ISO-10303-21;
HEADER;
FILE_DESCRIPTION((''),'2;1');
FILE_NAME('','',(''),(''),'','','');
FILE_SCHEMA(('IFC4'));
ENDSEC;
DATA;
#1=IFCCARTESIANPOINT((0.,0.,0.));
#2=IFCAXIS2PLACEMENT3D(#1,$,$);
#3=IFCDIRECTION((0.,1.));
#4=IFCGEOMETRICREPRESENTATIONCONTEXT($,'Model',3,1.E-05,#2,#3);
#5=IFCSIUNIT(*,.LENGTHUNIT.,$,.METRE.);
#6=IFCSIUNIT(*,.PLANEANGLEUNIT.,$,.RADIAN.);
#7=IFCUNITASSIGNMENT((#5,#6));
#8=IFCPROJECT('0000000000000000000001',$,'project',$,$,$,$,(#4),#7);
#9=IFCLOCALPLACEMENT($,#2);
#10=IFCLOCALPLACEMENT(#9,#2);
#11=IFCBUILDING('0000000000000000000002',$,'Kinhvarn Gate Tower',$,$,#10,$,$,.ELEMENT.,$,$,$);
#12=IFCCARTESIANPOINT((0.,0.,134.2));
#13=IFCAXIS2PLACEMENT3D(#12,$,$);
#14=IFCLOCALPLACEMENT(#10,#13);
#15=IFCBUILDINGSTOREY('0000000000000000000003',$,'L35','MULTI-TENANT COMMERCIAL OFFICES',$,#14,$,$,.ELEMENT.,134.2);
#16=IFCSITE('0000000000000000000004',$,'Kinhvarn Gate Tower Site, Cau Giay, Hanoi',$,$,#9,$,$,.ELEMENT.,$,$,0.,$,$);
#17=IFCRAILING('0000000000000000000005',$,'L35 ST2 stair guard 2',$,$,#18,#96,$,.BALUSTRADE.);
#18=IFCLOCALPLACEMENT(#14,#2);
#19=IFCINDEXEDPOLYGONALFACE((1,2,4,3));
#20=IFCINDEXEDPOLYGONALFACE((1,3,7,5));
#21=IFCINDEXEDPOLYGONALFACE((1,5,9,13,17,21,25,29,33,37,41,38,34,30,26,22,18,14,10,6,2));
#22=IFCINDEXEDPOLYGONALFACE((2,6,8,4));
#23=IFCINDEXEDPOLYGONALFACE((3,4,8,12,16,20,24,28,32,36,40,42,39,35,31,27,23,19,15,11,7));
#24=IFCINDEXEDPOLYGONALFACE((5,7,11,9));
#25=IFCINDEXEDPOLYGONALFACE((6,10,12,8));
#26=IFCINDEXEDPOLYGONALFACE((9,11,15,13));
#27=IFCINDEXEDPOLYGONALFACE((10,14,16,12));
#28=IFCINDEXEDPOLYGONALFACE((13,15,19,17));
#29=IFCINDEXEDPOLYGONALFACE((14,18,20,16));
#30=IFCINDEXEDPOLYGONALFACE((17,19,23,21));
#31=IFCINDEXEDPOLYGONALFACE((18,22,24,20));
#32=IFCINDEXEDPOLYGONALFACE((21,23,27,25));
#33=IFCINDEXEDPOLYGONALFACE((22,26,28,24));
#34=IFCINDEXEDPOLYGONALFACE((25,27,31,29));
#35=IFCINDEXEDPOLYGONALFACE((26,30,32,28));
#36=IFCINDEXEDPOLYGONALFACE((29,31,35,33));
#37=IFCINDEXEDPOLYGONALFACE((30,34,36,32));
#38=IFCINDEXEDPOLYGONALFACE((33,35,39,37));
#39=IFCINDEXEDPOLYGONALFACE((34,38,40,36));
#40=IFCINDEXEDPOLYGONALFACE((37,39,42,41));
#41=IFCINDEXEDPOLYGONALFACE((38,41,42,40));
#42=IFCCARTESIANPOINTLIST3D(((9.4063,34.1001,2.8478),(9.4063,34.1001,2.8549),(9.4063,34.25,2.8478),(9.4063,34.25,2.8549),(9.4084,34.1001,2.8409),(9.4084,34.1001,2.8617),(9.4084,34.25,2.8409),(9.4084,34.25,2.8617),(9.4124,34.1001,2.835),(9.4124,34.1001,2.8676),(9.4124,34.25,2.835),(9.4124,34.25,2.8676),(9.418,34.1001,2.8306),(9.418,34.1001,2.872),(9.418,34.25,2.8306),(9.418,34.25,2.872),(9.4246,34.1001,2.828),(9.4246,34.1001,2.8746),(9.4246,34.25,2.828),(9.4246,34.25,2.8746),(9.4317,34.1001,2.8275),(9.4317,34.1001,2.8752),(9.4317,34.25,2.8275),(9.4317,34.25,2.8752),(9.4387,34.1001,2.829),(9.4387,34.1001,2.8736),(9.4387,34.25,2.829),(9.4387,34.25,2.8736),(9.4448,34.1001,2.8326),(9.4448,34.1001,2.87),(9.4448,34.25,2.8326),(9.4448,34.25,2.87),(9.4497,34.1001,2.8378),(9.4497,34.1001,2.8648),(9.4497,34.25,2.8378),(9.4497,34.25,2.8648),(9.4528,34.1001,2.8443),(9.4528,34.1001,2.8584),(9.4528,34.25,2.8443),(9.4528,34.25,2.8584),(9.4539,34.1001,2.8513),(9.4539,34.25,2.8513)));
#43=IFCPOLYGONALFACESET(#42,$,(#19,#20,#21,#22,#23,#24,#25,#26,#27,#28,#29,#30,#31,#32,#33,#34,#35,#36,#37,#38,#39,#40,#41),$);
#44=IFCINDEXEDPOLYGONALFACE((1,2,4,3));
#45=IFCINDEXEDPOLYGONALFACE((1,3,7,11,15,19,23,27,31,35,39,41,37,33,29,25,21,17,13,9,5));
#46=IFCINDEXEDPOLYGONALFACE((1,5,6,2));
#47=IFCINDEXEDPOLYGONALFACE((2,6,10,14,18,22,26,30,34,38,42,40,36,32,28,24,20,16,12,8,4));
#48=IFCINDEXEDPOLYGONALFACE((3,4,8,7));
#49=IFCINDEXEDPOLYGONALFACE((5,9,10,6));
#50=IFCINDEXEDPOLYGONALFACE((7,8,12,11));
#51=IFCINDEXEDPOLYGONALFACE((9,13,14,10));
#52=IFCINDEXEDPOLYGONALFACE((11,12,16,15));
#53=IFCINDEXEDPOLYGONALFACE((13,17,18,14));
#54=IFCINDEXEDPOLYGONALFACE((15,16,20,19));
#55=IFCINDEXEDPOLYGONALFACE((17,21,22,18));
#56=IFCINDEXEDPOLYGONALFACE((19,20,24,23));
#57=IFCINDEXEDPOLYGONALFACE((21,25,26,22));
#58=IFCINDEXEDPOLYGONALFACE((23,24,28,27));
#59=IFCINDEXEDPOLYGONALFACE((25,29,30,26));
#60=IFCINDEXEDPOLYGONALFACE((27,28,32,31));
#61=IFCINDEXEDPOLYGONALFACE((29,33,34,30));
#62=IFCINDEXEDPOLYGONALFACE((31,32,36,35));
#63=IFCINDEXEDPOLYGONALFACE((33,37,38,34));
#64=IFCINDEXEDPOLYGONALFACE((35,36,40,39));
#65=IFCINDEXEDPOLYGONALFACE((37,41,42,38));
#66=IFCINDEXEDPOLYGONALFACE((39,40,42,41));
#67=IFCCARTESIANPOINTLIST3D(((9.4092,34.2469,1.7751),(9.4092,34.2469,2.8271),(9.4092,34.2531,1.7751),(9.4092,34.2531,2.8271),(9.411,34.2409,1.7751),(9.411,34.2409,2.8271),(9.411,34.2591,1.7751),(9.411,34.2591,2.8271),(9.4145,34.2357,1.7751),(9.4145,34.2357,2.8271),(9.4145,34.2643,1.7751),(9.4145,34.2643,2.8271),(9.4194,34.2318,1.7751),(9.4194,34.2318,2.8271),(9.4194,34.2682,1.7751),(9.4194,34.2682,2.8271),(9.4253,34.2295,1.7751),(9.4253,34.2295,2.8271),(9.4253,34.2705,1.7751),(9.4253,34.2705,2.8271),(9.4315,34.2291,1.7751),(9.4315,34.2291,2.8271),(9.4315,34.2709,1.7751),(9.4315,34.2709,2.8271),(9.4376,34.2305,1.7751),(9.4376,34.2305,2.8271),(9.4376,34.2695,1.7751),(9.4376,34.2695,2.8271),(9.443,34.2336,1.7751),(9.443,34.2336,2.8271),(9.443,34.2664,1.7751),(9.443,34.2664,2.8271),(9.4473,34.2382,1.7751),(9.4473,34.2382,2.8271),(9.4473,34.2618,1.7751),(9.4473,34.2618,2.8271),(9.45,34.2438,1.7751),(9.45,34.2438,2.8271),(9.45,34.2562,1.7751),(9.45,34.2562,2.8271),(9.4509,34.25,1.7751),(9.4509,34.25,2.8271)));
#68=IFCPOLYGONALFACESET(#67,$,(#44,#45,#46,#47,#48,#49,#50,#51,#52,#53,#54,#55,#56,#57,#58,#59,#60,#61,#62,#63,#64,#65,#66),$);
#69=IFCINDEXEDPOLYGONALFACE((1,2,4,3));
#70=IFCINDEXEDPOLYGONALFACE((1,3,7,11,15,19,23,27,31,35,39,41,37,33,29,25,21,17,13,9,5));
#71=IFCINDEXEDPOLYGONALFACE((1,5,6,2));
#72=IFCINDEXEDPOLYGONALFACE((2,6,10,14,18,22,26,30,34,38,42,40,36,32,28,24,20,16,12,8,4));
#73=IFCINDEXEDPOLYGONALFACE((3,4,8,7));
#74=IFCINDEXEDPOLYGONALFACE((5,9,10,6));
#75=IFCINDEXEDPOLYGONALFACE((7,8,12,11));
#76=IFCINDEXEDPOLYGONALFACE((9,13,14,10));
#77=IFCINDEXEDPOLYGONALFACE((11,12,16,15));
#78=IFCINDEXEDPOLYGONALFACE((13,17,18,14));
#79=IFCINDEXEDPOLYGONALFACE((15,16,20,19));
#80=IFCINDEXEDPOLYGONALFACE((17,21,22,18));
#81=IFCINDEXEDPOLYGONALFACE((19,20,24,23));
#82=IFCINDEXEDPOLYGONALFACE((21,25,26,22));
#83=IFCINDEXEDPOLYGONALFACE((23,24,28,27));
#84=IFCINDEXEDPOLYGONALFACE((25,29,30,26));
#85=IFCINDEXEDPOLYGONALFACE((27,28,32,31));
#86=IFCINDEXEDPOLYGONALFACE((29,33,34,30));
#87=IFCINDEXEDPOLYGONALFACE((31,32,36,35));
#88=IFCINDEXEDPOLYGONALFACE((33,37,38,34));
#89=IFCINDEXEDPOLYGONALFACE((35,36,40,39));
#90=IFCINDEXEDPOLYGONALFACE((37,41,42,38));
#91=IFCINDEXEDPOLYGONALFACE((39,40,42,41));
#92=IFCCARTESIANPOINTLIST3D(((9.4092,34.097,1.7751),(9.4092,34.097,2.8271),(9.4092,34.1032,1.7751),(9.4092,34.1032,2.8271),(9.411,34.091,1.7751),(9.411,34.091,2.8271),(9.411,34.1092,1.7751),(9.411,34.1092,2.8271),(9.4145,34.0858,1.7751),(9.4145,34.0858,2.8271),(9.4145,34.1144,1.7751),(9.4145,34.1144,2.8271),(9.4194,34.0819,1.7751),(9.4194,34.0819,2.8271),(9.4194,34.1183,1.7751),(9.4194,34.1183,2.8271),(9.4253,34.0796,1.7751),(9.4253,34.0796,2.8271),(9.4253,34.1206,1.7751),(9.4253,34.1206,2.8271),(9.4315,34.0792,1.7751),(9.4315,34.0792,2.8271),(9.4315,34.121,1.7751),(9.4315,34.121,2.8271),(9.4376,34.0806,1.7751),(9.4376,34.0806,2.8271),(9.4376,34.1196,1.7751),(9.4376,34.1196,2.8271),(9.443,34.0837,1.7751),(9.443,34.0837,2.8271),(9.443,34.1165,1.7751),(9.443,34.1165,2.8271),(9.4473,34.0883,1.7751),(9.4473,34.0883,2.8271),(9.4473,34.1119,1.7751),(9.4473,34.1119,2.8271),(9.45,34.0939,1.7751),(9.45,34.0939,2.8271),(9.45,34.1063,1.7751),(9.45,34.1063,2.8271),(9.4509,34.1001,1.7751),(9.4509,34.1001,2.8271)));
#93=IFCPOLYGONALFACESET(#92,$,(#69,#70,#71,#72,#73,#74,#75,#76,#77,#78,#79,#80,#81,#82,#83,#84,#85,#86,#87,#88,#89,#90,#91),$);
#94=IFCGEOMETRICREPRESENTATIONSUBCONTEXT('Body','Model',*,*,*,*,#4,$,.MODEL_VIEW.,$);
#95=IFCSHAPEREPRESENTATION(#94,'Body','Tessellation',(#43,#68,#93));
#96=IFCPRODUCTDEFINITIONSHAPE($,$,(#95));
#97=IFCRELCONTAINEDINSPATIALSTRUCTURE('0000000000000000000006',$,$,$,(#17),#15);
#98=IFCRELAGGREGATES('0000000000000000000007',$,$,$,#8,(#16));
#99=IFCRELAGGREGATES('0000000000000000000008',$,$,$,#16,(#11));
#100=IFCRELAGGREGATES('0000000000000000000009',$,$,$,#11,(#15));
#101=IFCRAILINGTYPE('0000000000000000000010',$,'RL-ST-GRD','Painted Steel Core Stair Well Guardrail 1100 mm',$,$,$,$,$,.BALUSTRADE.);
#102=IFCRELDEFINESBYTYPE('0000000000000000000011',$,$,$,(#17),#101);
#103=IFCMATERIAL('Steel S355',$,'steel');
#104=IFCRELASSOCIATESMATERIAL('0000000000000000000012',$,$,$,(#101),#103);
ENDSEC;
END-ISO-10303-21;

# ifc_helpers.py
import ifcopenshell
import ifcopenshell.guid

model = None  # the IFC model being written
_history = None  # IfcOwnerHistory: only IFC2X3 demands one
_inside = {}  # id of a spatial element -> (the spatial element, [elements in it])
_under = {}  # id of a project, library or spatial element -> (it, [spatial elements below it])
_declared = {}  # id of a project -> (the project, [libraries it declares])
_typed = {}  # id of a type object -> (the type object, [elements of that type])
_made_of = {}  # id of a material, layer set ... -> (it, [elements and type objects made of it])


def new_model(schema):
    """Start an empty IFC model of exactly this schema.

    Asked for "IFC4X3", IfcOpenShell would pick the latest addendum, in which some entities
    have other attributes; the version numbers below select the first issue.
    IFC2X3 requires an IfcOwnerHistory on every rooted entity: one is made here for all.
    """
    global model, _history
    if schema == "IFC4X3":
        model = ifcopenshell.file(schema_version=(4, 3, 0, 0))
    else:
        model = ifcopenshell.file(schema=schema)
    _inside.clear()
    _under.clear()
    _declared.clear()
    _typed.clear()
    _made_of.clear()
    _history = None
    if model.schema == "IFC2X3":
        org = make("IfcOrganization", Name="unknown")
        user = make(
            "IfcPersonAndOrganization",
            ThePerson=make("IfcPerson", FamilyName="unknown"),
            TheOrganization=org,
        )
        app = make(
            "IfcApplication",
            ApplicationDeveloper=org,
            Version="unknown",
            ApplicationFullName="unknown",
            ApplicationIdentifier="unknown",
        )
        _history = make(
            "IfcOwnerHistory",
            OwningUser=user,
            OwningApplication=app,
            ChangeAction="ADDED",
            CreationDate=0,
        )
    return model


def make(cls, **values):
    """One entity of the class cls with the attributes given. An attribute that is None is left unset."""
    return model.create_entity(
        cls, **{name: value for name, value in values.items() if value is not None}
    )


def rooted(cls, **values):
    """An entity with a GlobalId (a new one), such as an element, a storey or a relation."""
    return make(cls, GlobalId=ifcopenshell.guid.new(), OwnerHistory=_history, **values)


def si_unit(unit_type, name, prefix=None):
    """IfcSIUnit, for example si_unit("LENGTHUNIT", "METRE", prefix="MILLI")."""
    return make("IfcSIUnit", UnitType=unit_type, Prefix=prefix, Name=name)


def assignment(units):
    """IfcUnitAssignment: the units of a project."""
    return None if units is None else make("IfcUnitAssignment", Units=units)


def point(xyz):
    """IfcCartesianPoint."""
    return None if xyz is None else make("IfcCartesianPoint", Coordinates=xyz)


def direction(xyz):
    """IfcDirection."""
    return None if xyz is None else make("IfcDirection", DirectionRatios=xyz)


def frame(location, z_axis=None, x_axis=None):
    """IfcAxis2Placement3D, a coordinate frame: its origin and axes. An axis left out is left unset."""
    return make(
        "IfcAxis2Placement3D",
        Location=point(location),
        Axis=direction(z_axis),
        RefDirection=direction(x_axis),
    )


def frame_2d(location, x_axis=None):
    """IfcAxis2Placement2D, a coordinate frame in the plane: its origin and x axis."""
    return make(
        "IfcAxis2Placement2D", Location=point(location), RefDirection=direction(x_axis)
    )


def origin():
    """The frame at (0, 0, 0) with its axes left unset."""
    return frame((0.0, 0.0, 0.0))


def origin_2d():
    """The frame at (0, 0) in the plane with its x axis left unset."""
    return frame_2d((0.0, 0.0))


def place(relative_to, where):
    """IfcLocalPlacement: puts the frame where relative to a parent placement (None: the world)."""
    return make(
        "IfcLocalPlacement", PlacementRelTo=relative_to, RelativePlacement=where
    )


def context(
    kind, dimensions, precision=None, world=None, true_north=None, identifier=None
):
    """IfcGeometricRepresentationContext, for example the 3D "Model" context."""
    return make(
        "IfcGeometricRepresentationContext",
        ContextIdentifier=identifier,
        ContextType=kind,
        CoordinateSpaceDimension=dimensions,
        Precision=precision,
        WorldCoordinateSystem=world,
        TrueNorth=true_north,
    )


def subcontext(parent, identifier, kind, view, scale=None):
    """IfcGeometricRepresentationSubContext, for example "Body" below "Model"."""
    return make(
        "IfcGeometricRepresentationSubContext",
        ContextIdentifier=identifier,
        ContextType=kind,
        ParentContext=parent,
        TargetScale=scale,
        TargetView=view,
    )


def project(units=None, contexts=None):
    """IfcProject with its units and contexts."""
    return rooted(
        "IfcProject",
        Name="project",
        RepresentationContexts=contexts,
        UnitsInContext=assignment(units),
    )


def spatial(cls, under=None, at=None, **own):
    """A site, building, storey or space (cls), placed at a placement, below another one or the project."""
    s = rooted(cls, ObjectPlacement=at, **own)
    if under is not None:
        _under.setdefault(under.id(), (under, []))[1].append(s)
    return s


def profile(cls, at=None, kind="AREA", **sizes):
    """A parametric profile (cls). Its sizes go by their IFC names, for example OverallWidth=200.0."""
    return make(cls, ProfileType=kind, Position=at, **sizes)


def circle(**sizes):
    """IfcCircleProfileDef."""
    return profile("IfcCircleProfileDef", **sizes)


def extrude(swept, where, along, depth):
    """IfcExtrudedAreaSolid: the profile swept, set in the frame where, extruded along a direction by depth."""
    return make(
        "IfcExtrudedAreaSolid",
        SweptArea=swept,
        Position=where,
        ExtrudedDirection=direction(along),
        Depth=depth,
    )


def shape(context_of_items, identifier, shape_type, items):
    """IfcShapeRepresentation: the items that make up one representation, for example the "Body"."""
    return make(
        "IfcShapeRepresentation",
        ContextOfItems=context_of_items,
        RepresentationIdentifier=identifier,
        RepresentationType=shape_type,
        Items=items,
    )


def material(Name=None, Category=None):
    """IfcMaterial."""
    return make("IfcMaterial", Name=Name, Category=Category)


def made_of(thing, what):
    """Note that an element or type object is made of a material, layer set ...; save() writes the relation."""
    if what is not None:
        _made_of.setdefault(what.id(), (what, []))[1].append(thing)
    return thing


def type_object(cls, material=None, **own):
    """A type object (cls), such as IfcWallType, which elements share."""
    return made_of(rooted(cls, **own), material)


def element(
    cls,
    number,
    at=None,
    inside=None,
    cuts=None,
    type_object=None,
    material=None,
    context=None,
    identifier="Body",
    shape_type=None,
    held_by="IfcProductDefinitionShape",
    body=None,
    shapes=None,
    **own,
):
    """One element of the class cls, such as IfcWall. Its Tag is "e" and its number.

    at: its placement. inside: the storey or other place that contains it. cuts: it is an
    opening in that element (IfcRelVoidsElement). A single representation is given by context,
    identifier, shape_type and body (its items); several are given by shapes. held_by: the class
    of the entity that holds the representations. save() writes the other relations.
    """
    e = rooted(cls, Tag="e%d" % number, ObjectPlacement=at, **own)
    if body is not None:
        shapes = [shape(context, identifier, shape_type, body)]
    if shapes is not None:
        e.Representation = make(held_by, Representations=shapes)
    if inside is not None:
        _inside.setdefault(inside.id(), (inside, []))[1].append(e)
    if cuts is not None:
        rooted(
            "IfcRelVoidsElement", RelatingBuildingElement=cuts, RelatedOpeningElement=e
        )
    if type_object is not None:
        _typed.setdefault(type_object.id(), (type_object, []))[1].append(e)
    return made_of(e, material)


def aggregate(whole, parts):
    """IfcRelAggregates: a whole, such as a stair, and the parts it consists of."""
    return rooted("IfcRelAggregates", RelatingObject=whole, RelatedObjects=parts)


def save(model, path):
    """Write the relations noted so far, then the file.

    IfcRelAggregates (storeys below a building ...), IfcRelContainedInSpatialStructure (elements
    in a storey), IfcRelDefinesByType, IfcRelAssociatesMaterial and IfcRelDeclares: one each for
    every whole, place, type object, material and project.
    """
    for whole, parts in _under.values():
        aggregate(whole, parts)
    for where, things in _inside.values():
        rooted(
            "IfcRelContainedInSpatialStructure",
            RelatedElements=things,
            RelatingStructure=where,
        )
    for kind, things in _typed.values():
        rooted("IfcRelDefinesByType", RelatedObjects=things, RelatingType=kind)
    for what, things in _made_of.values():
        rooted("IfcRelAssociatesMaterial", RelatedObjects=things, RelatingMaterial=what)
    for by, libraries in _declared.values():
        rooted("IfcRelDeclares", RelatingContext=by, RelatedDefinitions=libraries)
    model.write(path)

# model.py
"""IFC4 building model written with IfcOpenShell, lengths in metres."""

from ifc_helpers import new_model, si_unit, direction, frame, origin, origin_2d, place, context, subcontext, project, spatial, circle, extrude, material, type_object, element, save


model = new_model("IFC4")

# Units and contexts
model_context = context("Model", 3, precision=1e-05, world=origin(), true_north=direction((0.0, 1.0)))
body_context = subcontext(model_context, "Body", "Model", "MODEL_VIEW")
ifc_project = project(units=[si_unit("LENGTHUNIT", "METRE"), si_unit("PLANEANGLEUNIT", "RADIAN")], contexts=[model_context])

# Site, building, storey
site_placement = place(None, origin())
site = spatial("IfcSite", under=ifc_project, at=site_placement, Name="Kinhvarn Gate Tower Site, Cau Giay, Hanoi", CompositionType="ELEMENT", RefElevation=0.0)
building_placement = place(site_placement, origin())
building = spatial("IfcBuilding", under=site, at=building_placement, Name="Kinhvarn Gate Tower", CompositionType="ELEMENT")
storey_placement = place(building_placement, frame((0.0, 0.0, 134.2)))
storey = spatial("IfcBuildingStorey", under=building, at=storey_placement, Name="L35", Description="MULTI-TENANT COMMERCIAL OFFICES", CompositionType="ELEMENT", Elevation=134.2)

# Shared definitions
ifc_material_1 = material(Name="Steel S355", Category="steel")

# Railing
railing_type_1 = type_object("IfcRailingType", Name="RL-ST-GRD", Description="Painted Steel Core Stair Well Guardrail 1100 mm", PredefinedType="BALUSTRADE", material=ifc_material_1)
railing_1_placement = place(storey_placement, frame((9.4299, 34.25, 1.7751)))
element("IfcRailing", 1, at=railing_1_placement, inside=storey, type_object=railing_type_1, Name="L35 ST2 stair guard 2", PredefinedType="BALUSTRADE", context=body_context, shape_type="SweptSolid", body=[
    extrude(circle(Radius=0.0239, at=origin_2d()), frame((0.0, 0.0, 1.0762), z_axis=(0.0, -1.0, 0.0), x_axis=(1.0, 0.0, 0.0)), (0.0, 0.0, 1.0), 0.1499),
    extrude(circle(Radius=0.021, at=origin_2d()), origin(), (0.0, 0.0, 1.0), 1.052),
    extrude(circle(Radius=0.021, at=origin_2d()), frame((0.0, -0.1499, 0.0)), (0.0, 0.0, 1.0), 1.052),
])

save(model, "model.ifc")
